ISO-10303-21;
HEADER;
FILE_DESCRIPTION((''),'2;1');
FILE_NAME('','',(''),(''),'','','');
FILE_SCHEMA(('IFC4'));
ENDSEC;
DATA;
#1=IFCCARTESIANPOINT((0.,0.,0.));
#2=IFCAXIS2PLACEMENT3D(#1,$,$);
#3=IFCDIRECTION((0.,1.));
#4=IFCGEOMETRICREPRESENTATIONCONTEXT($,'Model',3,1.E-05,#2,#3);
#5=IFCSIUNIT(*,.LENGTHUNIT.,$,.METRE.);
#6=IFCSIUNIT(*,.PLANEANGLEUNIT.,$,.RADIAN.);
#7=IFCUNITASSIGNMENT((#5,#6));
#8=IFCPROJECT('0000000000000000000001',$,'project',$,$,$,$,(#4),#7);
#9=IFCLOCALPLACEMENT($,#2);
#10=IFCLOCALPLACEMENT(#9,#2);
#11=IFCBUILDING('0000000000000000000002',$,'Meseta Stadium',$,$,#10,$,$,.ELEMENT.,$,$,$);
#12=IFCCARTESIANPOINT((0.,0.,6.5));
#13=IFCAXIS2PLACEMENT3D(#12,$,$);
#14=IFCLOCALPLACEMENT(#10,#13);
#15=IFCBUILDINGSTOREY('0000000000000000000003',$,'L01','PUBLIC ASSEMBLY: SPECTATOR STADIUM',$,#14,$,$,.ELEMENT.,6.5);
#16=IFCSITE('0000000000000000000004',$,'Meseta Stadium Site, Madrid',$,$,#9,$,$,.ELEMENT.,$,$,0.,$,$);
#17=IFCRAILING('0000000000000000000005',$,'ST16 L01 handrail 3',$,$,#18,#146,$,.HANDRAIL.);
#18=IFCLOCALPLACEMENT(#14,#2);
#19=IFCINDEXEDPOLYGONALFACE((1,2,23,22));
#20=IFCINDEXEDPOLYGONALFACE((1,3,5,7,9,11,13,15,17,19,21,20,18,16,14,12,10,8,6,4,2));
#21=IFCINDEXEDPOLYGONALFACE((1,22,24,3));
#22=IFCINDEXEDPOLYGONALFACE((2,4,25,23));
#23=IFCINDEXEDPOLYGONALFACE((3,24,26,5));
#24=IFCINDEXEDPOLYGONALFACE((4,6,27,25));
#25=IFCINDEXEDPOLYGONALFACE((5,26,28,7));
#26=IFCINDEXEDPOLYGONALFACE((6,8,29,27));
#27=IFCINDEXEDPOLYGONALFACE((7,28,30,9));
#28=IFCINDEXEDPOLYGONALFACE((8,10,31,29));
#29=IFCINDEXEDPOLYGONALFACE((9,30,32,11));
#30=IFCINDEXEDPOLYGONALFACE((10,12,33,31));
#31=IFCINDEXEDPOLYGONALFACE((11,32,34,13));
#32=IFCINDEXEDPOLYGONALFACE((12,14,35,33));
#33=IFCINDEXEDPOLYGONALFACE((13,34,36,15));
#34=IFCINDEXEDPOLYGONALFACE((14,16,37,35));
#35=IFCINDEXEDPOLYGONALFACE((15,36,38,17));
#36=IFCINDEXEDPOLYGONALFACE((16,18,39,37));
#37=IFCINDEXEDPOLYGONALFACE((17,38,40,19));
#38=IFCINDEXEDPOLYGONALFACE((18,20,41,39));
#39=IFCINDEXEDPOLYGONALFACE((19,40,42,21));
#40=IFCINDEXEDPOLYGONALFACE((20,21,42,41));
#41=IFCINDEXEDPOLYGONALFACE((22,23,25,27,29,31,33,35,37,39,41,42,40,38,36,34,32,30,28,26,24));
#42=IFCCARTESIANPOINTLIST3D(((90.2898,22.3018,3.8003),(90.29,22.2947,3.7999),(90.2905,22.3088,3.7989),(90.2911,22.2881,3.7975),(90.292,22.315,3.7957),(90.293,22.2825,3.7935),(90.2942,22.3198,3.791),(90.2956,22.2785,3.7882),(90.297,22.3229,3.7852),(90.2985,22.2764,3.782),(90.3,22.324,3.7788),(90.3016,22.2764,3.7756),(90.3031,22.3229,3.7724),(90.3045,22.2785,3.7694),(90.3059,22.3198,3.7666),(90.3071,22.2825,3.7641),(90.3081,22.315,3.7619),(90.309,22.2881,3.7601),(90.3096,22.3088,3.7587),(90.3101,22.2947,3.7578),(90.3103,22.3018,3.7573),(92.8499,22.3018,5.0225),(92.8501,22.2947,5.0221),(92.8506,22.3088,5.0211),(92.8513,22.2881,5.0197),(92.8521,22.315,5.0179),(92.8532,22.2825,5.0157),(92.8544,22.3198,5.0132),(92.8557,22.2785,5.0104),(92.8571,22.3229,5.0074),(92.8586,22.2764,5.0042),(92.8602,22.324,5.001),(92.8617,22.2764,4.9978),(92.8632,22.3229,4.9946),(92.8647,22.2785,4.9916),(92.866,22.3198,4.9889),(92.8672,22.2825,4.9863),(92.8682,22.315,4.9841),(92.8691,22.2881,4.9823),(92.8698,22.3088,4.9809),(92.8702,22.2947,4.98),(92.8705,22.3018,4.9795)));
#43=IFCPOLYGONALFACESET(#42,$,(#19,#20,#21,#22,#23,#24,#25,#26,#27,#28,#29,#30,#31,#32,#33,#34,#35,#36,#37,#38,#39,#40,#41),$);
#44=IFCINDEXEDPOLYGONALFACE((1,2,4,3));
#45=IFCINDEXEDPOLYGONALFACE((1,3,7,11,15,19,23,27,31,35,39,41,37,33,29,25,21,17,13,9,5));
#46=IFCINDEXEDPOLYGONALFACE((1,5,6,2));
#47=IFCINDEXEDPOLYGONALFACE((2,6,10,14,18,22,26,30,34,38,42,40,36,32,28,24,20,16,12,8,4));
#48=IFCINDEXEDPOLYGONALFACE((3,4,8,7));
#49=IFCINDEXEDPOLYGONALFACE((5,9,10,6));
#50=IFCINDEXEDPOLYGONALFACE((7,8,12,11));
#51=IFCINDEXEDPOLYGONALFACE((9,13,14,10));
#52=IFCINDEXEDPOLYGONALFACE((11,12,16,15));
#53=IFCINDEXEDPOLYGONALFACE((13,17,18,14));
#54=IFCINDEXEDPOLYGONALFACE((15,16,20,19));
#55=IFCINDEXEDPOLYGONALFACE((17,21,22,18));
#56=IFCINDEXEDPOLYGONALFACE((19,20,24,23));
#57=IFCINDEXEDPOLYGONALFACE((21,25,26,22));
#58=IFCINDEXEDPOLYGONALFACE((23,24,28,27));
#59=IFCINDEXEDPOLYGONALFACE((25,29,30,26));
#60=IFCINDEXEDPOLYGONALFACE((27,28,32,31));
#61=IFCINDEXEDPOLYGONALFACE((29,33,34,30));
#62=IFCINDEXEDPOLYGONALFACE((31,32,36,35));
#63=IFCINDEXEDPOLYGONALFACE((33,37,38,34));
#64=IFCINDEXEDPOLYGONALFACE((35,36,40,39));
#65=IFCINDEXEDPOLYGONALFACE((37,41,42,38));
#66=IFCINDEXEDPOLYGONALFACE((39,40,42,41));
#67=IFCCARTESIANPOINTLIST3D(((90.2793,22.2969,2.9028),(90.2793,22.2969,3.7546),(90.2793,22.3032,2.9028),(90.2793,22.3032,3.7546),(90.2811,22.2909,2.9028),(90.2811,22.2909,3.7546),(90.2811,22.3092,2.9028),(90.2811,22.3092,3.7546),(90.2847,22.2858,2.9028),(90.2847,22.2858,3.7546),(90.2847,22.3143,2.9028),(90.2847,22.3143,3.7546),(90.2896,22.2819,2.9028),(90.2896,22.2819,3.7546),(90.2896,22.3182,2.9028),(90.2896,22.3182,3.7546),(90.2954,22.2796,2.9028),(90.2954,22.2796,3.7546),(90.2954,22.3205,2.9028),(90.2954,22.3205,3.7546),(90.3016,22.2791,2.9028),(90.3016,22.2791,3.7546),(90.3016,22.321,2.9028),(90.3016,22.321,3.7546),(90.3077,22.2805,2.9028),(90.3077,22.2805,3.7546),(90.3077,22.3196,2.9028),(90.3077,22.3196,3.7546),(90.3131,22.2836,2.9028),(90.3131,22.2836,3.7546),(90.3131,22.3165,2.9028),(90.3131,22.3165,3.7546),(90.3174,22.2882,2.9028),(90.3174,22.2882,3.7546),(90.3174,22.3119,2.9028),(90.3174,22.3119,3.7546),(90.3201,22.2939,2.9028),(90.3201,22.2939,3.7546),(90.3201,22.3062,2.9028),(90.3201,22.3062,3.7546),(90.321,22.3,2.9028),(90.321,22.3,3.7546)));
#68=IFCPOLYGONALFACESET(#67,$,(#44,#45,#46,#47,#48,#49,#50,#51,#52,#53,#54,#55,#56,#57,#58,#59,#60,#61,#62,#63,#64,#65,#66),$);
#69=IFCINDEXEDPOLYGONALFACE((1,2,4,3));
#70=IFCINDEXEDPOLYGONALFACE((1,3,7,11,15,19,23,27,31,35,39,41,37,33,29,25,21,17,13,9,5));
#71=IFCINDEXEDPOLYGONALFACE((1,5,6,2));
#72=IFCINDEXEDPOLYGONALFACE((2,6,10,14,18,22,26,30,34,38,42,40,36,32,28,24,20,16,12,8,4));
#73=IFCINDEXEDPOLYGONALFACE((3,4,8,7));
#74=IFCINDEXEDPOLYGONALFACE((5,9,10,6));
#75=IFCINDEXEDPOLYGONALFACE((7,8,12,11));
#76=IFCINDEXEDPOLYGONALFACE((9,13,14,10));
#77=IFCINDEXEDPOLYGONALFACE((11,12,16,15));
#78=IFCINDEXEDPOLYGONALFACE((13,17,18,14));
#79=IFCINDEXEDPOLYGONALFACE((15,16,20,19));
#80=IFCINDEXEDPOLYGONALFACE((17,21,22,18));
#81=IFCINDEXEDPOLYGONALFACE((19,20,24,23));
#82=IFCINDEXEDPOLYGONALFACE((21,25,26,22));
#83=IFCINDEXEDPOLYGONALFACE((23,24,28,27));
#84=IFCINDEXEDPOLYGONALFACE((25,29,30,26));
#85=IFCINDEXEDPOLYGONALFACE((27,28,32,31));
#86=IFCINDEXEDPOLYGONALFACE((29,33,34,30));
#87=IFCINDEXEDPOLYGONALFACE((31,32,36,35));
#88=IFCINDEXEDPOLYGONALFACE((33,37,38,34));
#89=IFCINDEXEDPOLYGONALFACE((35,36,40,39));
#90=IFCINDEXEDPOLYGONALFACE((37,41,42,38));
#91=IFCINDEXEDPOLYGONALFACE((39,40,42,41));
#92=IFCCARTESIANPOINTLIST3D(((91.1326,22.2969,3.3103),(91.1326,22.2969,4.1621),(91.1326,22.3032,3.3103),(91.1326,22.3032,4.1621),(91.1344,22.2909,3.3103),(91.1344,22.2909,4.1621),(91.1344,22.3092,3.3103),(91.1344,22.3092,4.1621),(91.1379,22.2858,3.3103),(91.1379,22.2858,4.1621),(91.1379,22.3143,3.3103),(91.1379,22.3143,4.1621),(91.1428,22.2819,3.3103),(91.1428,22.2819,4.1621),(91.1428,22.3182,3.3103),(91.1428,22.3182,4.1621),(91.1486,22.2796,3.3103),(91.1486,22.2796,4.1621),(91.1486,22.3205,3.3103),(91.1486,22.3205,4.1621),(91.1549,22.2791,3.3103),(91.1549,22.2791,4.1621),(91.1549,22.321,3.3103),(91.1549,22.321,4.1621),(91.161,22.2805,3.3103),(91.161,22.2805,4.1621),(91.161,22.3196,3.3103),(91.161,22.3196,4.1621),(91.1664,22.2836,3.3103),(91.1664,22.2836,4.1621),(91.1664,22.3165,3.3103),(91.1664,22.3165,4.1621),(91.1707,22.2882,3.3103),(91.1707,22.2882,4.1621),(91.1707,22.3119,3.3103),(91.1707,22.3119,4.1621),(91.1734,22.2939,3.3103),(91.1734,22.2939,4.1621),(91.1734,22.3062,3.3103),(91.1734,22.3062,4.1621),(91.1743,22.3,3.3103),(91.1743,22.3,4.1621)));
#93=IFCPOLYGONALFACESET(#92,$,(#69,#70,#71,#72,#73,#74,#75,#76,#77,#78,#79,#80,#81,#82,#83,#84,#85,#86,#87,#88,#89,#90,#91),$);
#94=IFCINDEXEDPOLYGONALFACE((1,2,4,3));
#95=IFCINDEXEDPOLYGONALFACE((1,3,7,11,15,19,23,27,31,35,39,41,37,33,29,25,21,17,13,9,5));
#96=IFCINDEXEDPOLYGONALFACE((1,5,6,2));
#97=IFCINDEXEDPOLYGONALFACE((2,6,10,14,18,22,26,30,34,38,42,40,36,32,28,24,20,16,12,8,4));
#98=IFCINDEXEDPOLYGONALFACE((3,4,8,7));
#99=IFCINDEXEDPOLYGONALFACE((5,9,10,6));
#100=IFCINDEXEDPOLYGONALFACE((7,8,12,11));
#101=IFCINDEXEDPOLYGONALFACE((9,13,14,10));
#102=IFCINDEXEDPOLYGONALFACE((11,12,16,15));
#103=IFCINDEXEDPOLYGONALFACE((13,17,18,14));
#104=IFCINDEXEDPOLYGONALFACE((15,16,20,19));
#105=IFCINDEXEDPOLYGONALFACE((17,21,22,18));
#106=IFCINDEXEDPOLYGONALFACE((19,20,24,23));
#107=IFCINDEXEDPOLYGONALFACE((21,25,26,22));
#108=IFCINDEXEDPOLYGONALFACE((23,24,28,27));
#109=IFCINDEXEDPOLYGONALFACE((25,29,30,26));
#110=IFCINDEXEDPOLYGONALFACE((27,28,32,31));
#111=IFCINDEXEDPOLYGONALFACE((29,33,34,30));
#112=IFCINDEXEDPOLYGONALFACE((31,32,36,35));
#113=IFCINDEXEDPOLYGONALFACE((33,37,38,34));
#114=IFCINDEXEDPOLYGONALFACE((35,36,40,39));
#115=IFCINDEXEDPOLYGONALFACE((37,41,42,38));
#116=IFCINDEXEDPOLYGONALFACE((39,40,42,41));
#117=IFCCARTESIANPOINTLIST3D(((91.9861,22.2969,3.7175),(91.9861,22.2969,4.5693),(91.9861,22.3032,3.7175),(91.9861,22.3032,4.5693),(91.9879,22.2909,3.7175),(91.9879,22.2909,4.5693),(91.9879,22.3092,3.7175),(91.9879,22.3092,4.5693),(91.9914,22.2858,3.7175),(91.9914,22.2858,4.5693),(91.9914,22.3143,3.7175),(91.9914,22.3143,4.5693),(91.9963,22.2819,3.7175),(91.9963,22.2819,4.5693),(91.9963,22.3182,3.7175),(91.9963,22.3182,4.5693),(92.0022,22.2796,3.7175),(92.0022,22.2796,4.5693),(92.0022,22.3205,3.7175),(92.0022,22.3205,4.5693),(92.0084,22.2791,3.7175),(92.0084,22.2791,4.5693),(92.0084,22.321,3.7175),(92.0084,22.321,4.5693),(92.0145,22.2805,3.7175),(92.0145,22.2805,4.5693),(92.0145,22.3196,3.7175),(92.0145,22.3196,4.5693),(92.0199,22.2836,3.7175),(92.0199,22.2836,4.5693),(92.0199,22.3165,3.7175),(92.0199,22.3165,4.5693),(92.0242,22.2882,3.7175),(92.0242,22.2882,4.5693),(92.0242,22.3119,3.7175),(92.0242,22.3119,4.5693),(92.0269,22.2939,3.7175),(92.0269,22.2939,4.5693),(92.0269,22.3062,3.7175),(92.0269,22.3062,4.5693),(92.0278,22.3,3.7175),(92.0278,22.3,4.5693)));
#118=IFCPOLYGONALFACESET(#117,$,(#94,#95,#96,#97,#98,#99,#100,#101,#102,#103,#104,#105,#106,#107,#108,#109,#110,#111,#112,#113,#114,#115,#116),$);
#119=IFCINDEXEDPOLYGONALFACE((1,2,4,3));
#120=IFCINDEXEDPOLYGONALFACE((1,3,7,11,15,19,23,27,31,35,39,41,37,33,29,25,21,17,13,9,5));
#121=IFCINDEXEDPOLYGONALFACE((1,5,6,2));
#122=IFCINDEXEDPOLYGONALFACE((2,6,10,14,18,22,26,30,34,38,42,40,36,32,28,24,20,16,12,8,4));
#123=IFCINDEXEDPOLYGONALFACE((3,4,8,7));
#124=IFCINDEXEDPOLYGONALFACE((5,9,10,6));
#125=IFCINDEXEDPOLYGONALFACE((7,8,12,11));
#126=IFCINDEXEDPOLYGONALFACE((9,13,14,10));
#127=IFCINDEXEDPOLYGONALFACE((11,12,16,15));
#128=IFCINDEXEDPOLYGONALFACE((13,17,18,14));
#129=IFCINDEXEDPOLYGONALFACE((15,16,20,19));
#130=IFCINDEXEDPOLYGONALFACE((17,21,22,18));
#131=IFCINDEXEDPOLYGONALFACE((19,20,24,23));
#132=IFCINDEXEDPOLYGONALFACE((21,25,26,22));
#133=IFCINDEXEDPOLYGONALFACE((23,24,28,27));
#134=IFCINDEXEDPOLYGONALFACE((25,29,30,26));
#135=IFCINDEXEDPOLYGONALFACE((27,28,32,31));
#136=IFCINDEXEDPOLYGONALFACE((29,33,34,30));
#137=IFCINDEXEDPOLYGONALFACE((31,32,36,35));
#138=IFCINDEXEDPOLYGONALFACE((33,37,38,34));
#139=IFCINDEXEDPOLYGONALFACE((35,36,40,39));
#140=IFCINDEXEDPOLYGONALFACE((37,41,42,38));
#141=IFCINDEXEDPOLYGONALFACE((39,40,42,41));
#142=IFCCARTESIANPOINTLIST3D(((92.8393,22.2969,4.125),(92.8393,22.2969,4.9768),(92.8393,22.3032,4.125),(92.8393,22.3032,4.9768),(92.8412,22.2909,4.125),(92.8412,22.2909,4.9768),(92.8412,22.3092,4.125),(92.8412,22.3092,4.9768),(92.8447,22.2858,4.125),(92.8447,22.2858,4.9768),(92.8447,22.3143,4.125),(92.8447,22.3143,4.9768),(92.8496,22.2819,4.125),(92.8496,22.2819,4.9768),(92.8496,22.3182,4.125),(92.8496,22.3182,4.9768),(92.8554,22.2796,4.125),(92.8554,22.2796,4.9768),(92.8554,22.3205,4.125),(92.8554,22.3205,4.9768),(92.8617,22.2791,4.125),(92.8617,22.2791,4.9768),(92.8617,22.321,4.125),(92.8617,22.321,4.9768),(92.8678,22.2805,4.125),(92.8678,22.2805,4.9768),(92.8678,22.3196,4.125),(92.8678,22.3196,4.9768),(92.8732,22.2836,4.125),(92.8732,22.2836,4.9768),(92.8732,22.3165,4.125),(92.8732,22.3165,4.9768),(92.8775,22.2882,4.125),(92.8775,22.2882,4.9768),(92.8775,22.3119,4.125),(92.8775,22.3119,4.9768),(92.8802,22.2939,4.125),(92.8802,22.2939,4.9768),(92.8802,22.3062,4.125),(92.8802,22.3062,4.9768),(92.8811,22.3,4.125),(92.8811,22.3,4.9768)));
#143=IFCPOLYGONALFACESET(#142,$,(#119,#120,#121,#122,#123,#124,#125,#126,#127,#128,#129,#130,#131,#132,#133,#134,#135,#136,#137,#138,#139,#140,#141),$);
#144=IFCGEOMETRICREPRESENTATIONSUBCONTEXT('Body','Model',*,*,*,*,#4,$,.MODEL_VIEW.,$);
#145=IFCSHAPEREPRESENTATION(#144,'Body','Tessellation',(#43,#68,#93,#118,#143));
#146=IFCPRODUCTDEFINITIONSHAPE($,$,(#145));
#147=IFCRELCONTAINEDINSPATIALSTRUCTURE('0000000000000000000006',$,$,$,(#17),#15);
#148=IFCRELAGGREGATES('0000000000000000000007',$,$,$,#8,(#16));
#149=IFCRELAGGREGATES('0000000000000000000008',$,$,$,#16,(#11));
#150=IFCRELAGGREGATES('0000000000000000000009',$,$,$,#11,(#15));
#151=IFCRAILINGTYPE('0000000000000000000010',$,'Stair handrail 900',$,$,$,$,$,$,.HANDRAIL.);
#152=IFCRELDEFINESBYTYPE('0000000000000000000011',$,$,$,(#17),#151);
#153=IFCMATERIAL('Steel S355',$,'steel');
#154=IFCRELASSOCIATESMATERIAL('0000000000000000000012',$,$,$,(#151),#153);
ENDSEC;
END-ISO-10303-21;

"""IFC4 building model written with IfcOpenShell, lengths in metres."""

from ifc_helpers import new_model, si_unit, direction, frame, origin, origin_2d, place, context, subcontext, project, spatial, circle, extrude, material, type_object, element, save


model = new_model("IFC4")

# Units and contexts
model_context = context("Model", 3, precision=1e-05, world=origin(), true_north=direction((0.0, 1.0)))
body_context = subcontext(model_context, "Body", "Model", "MODEL_VIEW")
ifc_project = project(units=[si_unit("LENGTHUNIT", "METRE"), si_unit("PLANEANGLEUNIT", "RADIAN")], contexts=[model_context])

# Site, building, storey
site_placement = place(None, origin())
site = spatial("IfcSite", under=ifc_project, at=site_placement, Name="Meseta Stadium Site, Madrid", CompositionType="ELEMENT", RefElevation=0.0)
building_placement = place(site_placement, origin())
building = spatial("IfcBuilding", under=site, at=building_placement, Name="Meseta Stadium", CompositionType="ELEMENT")
storey_placement = place(building_placement, frame((0.0, 0.0, 6.5)))
storey = spatial("IfcBuildingStorey", under=building, at=storey_placement, Name="L01", Description="PUBLIC ASSEMBLY: SPECTATOR STADIUM", CompositionType="ELEMENT", Elevation=6.5)

# Railing
ifc_material_1 = material(Name="Steel S355", Category="steel")
railing_type_1 = type_object("IfcRailingType", Name="Stair handrail 900", PredefinedType="HANDRAIL", material=ifc_material_1)
for number, where, name in (
    (1, (90.3, 22.3, 2.9028), "ST16 L01 handrail 3"),
):
    element("IfcRailing", number, at=place(storey_placement, frame(where)), inside=storey, type_object=railing_type_1, Name=name, PredefinedType="HANDRAIL", context=body_context, shape_type="SweptSolid", body=[
        extrude(circle(Radius=0.0239, at=origin_2d()), frame((0.0, 0.0, 0.876), z_axis=(0.902437, 0.0, 0.430822), x_axis=(0.0, 1.0, 0.0)), (0.0, 0.0, 1.0), 2.8369),
        extrude(circle(Radius=0.021, at=origin_2d()), origin(), (0.0, 0.0, 1.0), 0.8518),
        extrude(circle(Radius=0.021, at=origin_2d()), frame((0.8533, 0.0, 0.4075)), (0.0, 0.0, 1.0), 0.8518),
        extrude(circle(Radius=0.021, at=origin_2d()), frame((1.7068, 0.0, 0.8147)), (0.0, 0.0, 1.0), 0.8518),
        extrude(circle(Radius=0.021, at=origin_2d()), frame((2.5601, 0.0, 1.2222)), (0.0, 0.0, 1.0), 0.8518),
    ])

save(model, "model.ifc")
